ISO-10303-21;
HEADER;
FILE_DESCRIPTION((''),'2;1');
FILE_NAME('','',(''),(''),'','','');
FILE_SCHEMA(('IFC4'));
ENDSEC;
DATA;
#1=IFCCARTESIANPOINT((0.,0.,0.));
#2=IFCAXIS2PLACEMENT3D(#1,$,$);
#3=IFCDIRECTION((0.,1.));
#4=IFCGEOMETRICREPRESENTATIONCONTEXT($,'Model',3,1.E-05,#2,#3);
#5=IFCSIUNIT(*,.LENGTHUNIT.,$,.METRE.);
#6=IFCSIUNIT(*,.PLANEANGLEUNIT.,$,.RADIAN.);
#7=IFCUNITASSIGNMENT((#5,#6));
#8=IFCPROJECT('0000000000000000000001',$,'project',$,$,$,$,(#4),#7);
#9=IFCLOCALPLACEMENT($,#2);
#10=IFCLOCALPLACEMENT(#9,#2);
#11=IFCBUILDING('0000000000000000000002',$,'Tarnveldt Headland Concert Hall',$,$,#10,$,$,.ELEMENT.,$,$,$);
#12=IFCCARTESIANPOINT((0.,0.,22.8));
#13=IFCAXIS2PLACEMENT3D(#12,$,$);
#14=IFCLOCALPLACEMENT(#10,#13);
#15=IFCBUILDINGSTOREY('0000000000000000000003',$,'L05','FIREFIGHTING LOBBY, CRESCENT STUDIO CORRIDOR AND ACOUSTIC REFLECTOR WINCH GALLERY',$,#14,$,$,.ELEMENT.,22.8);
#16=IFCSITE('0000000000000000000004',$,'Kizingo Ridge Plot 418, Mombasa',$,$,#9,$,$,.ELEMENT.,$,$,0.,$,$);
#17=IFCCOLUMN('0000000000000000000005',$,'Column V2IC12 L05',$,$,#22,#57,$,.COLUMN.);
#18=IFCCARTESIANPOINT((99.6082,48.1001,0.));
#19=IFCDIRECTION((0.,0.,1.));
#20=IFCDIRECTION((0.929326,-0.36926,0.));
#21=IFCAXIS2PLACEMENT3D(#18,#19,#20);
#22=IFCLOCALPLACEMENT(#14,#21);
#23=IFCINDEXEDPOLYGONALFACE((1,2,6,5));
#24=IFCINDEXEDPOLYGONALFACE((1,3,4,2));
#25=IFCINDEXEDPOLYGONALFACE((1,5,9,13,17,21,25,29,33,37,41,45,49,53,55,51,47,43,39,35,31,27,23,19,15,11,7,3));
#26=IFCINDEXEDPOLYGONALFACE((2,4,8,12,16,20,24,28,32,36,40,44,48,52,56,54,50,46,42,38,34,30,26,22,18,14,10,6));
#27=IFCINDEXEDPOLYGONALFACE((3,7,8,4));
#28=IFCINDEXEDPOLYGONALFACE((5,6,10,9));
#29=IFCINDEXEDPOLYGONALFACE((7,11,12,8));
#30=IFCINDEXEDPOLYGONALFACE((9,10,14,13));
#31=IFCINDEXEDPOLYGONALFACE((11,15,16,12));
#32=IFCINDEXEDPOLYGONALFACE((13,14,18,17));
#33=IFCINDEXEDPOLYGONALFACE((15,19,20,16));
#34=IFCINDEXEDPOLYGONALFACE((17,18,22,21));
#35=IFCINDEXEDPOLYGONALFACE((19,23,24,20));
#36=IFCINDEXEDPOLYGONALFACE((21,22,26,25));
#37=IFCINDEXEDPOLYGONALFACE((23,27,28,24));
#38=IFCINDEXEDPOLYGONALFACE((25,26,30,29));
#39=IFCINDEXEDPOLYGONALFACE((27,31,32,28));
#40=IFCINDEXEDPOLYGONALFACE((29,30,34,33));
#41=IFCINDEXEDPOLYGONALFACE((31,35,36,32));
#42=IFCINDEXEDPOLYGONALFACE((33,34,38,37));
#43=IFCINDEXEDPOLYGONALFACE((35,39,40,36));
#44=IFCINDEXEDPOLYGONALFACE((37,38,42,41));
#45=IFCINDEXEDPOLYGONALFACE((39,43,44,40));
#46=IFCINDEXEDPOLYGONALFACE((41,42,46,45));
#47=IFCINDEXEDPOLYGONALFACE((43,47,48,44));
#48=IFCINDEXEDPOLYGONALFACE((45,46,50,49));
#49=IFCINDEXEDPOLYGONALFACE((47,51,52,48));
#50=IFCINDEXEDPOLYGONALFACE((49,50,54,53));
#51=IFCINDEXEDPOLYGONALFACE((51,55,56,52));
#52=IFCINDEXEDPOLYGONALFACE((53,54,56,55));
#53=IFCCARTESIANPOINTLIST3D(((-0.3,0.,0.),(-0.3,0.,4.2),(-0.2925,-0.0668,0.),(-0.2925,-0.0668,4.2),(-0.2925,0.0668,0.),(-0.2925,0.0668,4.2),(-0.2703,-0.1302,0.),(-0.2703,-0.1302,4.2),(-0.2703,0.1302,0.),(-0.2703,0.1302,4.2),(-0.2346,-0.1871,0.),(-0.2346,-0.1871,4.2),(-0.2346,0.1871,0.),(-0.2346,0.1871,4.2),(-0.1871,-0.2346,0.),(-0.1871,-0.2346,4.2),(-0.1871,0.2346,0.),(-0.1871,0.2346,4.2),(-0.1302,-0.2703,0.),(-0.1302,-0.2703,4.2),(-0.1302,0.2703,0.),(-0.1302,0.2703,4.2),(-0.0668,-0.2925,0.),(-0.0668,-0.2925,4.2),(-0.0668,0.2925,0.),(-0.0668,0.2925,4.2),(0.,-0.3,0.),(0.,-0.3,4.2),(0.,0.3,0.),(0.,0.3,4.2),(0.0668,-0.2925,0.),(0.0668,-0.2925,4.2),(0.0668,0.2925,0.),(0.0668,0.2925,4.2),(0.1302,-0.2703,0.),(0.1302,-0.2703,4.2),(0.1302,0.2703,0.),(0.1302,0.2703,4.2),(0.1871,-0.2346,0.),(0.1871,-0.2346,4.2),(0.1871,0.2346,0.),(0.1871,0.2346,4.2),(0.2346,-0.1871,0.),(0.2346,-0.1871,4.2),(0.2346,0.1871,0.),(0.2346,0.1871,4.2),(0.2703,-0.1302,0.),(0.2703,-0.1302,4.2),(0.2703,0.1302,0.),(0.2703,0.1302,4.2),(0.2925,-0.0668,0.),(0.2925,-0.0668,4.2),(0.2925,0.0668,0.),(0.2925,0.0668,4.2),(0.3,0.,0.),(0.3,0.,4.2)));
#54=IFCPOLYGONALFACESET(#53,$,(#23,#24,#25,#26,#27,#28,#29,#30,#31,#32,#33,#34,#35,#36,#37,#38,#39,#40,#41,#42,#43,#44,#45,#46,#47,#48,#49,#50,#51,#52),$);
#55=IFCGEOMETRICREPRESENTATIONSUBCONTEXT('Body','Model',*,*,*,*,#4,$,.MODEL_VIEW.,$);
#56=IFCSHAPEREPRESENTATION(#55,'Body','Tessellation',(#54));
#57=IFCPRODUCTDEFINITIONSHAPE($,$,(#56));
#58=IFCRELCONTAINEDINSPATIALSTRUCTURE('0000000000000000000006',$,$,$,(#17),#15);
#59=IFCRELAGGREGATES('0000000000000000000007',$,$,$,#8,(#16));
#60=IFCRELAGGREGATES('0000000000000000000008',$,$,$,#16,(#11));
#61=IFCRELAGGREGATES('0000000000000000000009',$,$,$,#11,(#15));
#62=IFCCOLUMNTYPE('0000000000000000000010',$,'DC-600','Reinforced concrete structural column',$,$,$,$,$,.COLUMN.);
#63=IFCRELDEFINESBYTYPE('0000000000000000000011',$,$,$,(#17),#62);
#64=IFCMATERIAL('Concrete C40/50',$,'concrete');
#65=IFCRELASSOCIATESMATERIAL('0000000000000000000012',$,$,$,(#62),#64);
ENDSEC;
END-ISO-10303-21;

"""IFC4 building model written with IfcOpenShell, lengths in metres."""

from ifc_helpers import new_model, si_unit, direction, frame, origin, origin_2d, place, context, subcontext, project, spatial, circle, extrude, material, material_profile, profile_set, type_object, element, save


model = new_model("IFC4")

# Units and contexts
model_context = context("Model", 3, precision=1e-05, world=origin(), true_north=direction((0.0, 1.0)))
body_context = subcontext(model_context, "Body", "Model", "MODEL_VIEW")
ifc_project = project(units=[si_unit("LENGTHUNIT", "METRE"), si_unit("PLANEANGLEUNIT", "RADIAN")], contexts=[model_context])

# Site, building, storey
site_placement = place(None, origin())
site = spatial("IfcSite", under=ifc_project, at=site_placement, Name="Kizingo Ridge Plot 418, Mombasa", CompositionType="ELEMENT", RefElevation=0.0)
building_placement = place(site_placement, origin())
building = spatial("IfcBuilding", under=site, at=building_placement, Name="Tarnveldt Headland Concert Hall", CompositionType="ELEMENT")
storey_placement = place(building_placement, frame((0.0, 0.0, 22.8)))
storey = spatial("IfcBuildingStorey", under=building, at=storey_placement, Name="L05", Description="FIREFIGHTING LOBBY, CRESCENT STUDIO CORRIDOR AND ACOUSTIC REFLECTOR WINCH GALLERY", CompositionType="ELEMENT", Elevation=22.8)

# Column
ifc_material_1 = material(Name="Concrete C40/50", Category="concrete")
ifc_material_profile_1 = material_profile(ifc_material_1, circle(Radius=0.3, at=origin_2d()), Name="RC D600", Category="concrete")
ifc_profile_set_1 = profile_set([ifc_material_profile_1], Name="Concrete C40/50")
column_type = type_object("IfcColumnType", Name="DC-600", Description="Reinforced concrete structural column", PredefinedType="COLUMN", material=ifc_profile_set_1)
for number, where, z_axis, x_axis, name in (
    (1, (99.6082, 48.1001, 0.0), (0.0, 0.0, 1.0), (0.929326, -0.36926, 0.0), "Column V2IC12 L05"),
):
    element("IfcColumn", number, at=place(storey_placement, frame(where, z_axis=z_axis, x_axis=x_axis)), inside=storey, type_object=column_type, Name=name, PredefinedType="COLUMN", context=body_context, shape_type="SweptSolid", body=[
        extrude(circle(Radius=0.3, at=origin_2d()), origin(), (0.0, 0.0, 1.0), 4.2),
    ])

save(model, "model.ifc")
